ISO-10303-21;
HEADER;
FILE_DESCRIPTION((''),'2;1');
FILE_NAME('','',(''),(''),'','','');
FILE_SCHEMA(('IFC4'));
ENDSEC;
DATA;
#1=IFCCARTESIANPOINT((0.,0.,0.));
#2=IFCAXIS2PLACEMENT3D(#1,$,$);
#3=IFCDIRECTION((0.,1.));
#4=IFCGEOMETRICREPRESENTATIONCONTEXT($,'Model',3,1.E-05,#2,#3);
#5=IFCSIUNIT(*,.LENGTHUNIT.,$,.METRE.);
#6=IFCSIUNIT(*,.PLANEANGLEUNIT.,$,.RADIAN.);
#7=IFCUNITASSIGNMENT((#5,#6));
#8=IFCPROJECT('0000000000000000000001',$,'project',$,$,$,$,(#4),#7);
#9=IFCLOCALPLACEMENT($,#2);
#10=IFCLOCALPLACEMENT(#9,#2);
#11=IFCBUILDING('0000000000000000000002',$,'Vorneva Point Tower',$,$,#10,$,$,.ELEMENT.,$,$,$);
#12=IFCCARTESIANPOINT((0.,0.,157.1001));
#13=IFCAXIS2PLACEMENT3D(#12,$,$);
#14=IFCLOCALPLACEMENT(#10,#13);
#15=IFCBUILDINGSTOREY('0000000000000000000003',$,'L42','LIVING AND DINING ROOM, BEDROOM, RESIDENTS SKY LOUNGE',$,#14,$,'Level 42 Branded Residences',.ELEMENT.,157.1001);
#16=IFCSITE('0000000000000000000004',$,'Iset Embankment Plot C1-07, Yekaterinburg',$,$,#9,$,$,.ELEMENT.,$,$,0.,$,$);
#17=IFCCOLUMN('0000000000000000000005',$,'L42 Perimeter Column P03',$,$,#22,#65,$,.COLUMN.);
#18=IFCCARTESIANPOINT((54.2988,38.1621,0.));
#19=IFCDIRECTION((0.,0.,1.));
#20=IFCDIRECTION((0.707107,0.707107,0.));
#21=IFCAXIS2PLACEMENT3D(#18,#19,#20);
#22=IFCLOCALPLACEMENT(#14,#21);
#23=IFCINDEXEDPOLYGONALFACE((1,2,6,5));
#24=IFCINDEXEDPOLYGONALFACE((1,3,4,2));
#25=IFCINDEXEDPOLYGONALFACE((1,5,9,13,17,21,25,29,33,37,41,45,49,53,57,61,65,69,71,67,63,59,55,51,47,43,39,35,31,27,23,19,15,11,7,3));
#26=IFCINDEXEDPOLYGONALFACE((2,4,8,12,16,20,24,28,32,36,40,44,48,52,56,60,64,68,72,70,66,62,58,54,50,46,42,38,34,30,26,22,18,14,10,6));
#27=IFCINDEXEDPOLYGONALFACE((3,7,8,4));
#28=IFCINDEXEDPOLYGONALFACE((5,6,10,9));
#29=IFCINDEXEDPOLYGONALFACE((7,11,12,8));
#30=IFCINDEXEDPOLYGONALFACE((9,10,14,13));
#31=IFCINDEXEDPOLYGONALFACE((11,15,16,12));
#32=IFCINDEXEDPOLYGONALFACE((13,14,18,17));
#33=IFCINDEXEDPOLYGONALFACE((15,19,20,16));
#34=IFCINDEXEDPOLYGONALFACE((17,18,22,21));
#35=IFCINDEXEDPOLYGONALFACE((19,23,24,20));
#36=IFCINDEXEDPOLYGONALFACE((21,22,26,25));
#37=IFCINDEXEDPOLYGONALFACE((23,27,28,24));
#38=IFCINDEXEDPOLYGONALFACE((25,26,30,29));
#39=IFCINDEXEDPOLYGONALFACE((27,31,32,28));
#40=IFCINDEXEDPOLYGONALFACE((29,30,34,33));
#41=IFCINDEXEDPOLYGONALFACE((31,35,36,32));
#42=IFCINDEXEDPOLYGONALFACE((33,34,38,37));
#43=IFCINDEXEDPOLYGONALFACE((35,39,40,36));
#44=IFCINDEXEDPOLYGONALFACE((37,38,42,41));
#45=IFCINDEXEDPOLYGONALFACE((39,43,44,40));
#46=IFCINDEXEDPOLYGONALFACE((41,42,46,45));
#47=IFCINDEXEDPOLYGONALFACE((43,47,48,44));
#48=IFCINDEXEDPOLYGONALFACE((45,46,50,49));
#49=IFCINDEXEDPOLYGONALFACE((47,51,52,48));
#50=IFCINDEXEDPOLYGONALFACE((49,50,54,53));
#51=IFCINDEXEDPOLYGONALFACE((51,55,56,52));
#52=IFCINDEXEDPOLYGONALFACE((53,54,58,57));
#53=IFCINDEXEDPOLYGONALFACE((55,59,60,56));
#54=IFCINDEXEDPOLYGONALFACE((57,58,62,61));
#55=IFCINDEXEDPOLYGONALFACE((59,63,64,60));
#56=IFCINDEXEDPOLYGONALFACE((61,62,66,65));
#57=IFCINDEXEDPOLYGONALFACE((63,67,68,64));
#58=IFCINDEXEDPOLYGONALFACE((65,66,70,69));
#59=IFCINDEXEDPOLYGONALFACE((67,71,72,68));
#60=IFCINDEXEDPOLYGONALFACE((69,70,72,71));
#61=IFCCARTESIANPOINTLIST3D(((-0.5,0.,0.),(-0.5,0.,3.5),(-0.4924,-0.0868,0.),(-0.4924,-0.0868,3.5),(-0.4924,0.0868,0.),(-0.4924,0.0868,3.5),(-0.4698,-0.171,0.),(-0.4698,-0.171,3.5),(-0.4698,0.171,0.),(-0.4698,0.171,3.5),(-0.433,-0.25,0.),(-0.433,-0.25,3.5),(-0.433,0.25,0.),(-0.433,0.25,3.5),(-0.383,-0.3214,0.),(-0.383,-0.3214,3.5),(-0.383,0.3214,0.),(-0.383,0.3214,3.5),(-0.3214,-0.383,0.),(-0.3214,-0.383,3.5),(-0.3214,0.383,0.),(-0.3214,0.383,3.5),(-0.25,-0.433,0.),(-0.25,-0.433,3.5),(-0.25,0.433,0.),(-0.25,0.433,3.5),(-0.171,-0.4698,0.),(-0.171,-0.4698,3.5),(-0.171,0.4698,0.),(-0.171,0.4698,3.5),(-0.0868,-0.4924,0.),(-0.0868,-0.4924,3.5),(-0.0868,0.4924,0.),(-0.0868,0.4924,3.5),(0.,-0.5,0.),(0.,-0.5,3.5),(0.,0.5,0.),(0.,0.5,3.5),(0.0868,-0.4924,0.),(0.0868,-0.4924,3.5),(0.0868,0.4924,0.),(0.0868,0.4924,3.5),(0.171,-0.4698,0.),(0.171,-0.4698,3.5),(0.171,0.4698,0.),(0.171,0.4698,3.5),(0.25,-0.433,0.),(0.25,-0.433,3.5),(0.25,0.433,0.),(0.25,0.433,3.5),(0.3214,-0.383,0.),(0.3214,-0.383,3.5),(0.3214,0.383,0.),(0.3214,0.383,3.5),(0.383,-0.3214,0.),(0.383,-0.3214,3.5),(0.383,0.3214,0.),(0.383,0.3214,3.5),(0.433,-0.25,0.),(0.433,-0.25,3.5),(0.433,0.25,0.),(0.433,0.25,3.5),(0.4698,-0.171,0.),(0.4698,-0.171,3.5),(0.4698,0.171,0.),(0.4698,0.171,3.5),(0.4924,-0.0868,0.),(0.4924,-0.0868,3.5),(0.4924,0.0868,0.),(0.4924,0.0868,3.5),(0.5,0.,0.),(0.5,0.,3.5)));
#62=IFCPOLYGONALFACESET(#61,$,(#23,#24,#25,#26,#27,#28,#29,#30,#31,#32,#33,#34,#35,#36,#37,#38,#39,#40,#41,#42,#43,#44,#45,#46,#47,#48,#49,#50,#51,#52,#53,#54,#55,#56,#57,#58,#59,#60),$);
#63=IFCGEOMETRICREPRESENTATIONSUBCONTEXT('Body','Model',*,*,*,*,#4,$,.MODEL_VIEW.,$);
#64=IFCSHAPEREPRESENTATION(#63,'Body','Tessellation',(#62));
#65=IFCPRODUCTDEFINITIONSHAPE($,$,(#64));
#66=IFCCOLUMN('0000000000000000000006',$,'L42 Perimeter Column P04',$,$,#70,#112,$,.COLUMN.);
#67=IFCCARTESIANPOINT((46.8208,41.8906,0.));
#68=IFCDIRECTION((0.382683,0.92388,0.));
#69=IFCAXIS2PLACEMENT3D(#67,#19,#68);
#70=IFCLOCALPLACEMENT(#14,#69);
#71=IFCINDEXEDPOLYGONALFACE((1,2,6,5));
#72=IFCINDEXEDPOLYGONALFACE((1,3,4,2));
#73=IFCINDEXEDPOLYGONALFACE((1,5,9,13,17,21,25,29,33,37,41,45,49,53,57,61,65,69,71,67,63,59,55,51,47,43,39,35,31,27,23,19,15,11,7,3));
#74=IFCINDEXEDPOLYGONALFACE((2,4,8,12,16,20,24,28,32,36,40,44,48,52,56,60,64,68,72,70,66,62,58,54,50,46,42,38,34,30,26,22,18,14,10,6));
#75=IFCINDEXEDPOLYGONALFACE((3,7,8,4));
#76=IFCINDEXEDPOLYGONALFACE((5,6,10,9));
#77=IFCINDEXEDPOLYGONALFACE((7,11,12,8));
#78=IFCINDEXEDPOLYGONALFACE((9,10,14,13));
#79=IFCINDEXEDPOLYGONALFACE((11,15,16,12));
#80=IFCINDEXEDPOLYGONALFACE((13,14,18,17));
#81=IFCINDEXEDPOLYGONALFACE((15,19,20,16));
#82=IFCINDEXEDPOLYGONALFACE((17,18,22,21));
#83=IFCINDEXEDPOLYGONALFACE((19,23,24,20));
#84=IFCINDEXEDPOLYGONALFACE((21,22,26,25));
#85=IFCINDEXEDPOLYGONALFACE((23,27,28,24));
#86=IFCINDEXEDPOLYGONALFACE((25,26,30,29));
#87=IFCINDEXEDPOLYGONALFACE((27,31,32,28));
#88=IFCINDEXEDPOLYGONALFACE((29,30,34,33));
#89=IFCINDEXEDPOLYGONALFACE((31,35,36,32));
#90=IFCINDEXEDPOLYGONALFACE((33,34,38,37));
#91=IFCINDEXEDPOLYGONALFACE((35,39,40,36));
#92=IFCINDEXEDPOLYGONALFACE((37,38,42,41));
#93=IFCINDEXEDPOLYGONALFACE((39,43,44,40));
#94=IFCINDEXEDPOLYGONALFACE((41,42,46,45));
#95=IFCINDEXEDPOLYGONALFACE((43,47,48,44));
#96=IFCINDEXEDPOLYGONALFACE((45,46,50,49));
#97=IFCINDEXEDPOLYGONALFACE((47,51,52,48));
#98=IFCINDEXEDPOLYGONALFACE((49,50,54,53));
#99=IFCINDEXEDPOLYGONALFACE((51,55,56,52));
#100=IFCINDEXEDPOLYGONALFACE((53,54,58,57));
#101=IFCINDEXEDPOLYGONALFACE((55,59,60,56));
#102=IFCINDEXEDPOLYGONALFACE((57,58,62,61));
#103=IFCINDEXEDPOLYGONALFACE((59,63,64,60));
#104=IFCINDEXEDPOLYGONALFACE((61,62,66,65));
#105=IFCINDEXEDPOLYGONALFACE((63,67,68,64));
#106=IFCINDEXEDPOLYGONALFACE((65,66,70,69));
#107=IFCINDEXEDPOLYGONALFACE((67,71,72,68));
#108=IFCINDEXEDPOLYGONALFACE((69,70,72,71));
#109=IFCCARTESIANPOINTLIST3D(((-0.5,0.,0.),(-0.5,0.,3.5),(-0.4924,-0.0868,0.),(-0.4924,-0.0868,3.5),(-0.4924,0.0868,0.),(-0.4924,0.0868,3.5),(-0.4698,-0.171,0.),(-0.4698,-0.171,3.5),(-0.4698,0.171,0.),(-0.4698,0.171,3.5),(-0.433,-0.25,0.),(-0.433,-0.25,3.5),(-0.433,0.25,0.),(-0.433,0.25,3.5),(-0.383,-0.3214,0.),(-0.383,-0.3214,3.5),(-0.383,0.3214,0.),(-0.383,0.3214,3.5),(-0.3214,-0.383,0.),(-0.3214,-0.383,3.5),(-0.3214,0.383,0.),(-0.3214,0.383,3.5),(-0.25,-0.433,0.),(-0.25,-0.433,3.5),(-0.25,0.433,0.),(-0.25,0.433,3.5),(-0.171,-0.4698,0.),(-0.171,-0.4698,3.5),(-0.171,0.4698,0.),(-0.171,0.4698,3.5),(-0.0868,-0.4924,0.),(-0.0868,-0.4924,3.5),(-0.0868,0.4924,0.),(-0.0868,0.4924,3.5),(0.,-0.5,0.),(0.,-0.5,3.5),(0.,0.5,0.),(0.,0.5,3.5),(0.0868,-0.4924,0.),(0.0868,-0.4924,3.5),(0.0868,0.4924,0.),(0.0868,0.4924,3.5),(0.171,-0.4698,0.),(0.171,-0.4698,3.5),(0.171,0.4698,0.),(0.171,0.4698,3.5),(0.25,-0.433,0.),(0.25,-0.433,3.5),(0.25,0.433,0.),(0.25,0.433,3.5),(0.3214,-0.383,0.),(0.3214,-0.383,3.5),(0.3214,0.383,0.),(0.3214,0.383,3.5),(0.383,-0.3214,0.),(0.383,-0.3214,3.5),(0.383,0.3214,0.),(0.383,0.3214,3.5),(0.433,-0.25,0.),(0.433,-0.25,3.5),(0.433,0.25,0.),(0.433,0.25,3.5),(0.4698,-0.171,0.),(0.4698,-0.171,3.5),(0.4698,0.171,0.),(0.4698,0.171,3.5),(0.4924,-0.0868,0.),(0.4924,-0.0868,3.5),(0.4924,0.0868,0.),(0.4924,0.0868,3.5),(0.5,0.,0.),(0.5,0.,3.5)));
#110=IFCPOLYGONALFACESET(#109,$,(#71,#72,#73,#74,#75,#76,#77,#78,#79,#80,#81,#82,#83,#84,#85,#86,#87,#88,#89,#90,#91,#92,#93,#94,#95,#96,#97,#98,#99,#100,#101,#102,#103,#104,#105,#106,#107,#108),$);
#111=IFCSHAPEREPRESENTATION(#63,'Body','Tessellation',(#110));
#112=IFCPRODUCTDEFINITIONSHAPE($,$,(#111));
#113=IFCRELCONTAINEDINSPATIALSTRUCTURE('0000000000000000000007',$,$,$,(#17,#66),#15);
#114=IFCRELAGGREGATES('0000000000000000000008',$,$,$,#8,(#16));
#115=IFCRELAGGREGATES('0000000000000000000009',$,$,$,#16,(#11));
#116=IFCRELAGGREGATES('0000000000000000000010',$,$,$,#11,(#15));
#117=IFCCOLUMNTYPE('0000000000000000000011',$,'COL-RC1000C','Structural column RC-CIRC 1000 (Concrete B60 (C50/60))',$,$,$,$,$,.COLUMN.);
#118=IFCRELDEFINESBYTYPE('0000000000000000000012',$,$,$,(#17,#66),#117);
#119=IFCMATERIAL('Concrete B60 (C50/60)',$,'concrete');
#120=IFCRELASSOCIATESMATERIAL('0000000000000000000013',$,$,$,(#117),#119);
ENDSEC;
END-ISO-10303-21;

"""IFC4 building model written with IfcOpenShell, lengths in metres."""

from ifc_helpers import new_model, si_unit, direction, frame, origin, origin_2d, place, context, subcontext, project, spatial, circle, extrude, material, material_profile, profile_set, type_object, element, save


model = new_model("IFC4")

# Units and contexts
model_context = context("Model", 3, precision=1e-05, world=origin(), true_north=direction((0.0, 1.0)))
body_context = subcontext(model_context, "Body", "Model", "MODEL_VIEW")
ifc_project = project(units=[si_unit("LENGTHUNIT", "METRE"), si_unit("PLANEANGLEUNIT", "RADIAN")], contexts=[model_context])

# Site, building, storey
site_placement = place(None, origin())
site = spatial("IfcSite", under=ifc_project, at=site_placement, Name="Iset Embankment Plot C1-07, Yekaterinburg", CompositionType="ELEMENT", RefElevation=0.0)
building_placement = place(site_placement, origin())
building = spatial("IfcBuilding", under=site, at=building_placement, Name="Vorneva Point Tower", CompositionType="ELEMENT")
storey_placement = place(building_placement, frame((0.0, 0.0, 157.1001)))
storey = spatial("IfcBuildingStorey", under=building, at=storey_placement, Name="L42", Description="LIVING AND DINING ROOM, BEDROOM, RESIDENTS SKY LOUNGE", LongName="Level 42 Branded Residences", CompositionType="ELEMENT", Elevation=157.1001)

# Columns
ifc_material_1 = material(Name="Concrete B60 (C50/60)", Category="concrete")
ifc_material_profile_1 = material_profile(ifc_material_1, circle(Radius=0.5, at=origin_2d()), Name="RC-CIRC 1000")
ifc_profile_set_1 = profile_set([ifc_material_profile_1], Name="Concrete B60 (C50/60)")
column_type = type_object("IfcColumnType", Name="COL-RC1000C", Description="Structural column RC-CIRC 1000 (Concrete B60 (C50/60))", PredefinedType="COLUMN", material=ifc_profile_set_1)
for number, where, z_axis, x_axis, name in (
    (1, (54.2988, 38.1621, 0.0), (0.0, 0.0, 1.0), (0.707107, 0.707107, 0.0), "L42 Perimeter Column P03"),
    (2, (46.8208, 41.8906, 0.0), (0.0, 0.0, 1.0), (0.382683, 0.92388, 0.0), "L42 Perimeter Column P04"),
):
    element("IfcColumn", number, at=place(storey_placement, frame(where, z_axis=z_axis, x_axis=x_axis)), inside=storey, type_object=column_type, Name=name, PredefinedType="COLUMN", context=body_context, shape_type="SweptSolid", body=[
        extrude(circle(Radius=0.5, at=origin_2d()), origin(), (0.0, 0.0, 1.0), 3.5),
    ])

save(model, "model.ifc")
